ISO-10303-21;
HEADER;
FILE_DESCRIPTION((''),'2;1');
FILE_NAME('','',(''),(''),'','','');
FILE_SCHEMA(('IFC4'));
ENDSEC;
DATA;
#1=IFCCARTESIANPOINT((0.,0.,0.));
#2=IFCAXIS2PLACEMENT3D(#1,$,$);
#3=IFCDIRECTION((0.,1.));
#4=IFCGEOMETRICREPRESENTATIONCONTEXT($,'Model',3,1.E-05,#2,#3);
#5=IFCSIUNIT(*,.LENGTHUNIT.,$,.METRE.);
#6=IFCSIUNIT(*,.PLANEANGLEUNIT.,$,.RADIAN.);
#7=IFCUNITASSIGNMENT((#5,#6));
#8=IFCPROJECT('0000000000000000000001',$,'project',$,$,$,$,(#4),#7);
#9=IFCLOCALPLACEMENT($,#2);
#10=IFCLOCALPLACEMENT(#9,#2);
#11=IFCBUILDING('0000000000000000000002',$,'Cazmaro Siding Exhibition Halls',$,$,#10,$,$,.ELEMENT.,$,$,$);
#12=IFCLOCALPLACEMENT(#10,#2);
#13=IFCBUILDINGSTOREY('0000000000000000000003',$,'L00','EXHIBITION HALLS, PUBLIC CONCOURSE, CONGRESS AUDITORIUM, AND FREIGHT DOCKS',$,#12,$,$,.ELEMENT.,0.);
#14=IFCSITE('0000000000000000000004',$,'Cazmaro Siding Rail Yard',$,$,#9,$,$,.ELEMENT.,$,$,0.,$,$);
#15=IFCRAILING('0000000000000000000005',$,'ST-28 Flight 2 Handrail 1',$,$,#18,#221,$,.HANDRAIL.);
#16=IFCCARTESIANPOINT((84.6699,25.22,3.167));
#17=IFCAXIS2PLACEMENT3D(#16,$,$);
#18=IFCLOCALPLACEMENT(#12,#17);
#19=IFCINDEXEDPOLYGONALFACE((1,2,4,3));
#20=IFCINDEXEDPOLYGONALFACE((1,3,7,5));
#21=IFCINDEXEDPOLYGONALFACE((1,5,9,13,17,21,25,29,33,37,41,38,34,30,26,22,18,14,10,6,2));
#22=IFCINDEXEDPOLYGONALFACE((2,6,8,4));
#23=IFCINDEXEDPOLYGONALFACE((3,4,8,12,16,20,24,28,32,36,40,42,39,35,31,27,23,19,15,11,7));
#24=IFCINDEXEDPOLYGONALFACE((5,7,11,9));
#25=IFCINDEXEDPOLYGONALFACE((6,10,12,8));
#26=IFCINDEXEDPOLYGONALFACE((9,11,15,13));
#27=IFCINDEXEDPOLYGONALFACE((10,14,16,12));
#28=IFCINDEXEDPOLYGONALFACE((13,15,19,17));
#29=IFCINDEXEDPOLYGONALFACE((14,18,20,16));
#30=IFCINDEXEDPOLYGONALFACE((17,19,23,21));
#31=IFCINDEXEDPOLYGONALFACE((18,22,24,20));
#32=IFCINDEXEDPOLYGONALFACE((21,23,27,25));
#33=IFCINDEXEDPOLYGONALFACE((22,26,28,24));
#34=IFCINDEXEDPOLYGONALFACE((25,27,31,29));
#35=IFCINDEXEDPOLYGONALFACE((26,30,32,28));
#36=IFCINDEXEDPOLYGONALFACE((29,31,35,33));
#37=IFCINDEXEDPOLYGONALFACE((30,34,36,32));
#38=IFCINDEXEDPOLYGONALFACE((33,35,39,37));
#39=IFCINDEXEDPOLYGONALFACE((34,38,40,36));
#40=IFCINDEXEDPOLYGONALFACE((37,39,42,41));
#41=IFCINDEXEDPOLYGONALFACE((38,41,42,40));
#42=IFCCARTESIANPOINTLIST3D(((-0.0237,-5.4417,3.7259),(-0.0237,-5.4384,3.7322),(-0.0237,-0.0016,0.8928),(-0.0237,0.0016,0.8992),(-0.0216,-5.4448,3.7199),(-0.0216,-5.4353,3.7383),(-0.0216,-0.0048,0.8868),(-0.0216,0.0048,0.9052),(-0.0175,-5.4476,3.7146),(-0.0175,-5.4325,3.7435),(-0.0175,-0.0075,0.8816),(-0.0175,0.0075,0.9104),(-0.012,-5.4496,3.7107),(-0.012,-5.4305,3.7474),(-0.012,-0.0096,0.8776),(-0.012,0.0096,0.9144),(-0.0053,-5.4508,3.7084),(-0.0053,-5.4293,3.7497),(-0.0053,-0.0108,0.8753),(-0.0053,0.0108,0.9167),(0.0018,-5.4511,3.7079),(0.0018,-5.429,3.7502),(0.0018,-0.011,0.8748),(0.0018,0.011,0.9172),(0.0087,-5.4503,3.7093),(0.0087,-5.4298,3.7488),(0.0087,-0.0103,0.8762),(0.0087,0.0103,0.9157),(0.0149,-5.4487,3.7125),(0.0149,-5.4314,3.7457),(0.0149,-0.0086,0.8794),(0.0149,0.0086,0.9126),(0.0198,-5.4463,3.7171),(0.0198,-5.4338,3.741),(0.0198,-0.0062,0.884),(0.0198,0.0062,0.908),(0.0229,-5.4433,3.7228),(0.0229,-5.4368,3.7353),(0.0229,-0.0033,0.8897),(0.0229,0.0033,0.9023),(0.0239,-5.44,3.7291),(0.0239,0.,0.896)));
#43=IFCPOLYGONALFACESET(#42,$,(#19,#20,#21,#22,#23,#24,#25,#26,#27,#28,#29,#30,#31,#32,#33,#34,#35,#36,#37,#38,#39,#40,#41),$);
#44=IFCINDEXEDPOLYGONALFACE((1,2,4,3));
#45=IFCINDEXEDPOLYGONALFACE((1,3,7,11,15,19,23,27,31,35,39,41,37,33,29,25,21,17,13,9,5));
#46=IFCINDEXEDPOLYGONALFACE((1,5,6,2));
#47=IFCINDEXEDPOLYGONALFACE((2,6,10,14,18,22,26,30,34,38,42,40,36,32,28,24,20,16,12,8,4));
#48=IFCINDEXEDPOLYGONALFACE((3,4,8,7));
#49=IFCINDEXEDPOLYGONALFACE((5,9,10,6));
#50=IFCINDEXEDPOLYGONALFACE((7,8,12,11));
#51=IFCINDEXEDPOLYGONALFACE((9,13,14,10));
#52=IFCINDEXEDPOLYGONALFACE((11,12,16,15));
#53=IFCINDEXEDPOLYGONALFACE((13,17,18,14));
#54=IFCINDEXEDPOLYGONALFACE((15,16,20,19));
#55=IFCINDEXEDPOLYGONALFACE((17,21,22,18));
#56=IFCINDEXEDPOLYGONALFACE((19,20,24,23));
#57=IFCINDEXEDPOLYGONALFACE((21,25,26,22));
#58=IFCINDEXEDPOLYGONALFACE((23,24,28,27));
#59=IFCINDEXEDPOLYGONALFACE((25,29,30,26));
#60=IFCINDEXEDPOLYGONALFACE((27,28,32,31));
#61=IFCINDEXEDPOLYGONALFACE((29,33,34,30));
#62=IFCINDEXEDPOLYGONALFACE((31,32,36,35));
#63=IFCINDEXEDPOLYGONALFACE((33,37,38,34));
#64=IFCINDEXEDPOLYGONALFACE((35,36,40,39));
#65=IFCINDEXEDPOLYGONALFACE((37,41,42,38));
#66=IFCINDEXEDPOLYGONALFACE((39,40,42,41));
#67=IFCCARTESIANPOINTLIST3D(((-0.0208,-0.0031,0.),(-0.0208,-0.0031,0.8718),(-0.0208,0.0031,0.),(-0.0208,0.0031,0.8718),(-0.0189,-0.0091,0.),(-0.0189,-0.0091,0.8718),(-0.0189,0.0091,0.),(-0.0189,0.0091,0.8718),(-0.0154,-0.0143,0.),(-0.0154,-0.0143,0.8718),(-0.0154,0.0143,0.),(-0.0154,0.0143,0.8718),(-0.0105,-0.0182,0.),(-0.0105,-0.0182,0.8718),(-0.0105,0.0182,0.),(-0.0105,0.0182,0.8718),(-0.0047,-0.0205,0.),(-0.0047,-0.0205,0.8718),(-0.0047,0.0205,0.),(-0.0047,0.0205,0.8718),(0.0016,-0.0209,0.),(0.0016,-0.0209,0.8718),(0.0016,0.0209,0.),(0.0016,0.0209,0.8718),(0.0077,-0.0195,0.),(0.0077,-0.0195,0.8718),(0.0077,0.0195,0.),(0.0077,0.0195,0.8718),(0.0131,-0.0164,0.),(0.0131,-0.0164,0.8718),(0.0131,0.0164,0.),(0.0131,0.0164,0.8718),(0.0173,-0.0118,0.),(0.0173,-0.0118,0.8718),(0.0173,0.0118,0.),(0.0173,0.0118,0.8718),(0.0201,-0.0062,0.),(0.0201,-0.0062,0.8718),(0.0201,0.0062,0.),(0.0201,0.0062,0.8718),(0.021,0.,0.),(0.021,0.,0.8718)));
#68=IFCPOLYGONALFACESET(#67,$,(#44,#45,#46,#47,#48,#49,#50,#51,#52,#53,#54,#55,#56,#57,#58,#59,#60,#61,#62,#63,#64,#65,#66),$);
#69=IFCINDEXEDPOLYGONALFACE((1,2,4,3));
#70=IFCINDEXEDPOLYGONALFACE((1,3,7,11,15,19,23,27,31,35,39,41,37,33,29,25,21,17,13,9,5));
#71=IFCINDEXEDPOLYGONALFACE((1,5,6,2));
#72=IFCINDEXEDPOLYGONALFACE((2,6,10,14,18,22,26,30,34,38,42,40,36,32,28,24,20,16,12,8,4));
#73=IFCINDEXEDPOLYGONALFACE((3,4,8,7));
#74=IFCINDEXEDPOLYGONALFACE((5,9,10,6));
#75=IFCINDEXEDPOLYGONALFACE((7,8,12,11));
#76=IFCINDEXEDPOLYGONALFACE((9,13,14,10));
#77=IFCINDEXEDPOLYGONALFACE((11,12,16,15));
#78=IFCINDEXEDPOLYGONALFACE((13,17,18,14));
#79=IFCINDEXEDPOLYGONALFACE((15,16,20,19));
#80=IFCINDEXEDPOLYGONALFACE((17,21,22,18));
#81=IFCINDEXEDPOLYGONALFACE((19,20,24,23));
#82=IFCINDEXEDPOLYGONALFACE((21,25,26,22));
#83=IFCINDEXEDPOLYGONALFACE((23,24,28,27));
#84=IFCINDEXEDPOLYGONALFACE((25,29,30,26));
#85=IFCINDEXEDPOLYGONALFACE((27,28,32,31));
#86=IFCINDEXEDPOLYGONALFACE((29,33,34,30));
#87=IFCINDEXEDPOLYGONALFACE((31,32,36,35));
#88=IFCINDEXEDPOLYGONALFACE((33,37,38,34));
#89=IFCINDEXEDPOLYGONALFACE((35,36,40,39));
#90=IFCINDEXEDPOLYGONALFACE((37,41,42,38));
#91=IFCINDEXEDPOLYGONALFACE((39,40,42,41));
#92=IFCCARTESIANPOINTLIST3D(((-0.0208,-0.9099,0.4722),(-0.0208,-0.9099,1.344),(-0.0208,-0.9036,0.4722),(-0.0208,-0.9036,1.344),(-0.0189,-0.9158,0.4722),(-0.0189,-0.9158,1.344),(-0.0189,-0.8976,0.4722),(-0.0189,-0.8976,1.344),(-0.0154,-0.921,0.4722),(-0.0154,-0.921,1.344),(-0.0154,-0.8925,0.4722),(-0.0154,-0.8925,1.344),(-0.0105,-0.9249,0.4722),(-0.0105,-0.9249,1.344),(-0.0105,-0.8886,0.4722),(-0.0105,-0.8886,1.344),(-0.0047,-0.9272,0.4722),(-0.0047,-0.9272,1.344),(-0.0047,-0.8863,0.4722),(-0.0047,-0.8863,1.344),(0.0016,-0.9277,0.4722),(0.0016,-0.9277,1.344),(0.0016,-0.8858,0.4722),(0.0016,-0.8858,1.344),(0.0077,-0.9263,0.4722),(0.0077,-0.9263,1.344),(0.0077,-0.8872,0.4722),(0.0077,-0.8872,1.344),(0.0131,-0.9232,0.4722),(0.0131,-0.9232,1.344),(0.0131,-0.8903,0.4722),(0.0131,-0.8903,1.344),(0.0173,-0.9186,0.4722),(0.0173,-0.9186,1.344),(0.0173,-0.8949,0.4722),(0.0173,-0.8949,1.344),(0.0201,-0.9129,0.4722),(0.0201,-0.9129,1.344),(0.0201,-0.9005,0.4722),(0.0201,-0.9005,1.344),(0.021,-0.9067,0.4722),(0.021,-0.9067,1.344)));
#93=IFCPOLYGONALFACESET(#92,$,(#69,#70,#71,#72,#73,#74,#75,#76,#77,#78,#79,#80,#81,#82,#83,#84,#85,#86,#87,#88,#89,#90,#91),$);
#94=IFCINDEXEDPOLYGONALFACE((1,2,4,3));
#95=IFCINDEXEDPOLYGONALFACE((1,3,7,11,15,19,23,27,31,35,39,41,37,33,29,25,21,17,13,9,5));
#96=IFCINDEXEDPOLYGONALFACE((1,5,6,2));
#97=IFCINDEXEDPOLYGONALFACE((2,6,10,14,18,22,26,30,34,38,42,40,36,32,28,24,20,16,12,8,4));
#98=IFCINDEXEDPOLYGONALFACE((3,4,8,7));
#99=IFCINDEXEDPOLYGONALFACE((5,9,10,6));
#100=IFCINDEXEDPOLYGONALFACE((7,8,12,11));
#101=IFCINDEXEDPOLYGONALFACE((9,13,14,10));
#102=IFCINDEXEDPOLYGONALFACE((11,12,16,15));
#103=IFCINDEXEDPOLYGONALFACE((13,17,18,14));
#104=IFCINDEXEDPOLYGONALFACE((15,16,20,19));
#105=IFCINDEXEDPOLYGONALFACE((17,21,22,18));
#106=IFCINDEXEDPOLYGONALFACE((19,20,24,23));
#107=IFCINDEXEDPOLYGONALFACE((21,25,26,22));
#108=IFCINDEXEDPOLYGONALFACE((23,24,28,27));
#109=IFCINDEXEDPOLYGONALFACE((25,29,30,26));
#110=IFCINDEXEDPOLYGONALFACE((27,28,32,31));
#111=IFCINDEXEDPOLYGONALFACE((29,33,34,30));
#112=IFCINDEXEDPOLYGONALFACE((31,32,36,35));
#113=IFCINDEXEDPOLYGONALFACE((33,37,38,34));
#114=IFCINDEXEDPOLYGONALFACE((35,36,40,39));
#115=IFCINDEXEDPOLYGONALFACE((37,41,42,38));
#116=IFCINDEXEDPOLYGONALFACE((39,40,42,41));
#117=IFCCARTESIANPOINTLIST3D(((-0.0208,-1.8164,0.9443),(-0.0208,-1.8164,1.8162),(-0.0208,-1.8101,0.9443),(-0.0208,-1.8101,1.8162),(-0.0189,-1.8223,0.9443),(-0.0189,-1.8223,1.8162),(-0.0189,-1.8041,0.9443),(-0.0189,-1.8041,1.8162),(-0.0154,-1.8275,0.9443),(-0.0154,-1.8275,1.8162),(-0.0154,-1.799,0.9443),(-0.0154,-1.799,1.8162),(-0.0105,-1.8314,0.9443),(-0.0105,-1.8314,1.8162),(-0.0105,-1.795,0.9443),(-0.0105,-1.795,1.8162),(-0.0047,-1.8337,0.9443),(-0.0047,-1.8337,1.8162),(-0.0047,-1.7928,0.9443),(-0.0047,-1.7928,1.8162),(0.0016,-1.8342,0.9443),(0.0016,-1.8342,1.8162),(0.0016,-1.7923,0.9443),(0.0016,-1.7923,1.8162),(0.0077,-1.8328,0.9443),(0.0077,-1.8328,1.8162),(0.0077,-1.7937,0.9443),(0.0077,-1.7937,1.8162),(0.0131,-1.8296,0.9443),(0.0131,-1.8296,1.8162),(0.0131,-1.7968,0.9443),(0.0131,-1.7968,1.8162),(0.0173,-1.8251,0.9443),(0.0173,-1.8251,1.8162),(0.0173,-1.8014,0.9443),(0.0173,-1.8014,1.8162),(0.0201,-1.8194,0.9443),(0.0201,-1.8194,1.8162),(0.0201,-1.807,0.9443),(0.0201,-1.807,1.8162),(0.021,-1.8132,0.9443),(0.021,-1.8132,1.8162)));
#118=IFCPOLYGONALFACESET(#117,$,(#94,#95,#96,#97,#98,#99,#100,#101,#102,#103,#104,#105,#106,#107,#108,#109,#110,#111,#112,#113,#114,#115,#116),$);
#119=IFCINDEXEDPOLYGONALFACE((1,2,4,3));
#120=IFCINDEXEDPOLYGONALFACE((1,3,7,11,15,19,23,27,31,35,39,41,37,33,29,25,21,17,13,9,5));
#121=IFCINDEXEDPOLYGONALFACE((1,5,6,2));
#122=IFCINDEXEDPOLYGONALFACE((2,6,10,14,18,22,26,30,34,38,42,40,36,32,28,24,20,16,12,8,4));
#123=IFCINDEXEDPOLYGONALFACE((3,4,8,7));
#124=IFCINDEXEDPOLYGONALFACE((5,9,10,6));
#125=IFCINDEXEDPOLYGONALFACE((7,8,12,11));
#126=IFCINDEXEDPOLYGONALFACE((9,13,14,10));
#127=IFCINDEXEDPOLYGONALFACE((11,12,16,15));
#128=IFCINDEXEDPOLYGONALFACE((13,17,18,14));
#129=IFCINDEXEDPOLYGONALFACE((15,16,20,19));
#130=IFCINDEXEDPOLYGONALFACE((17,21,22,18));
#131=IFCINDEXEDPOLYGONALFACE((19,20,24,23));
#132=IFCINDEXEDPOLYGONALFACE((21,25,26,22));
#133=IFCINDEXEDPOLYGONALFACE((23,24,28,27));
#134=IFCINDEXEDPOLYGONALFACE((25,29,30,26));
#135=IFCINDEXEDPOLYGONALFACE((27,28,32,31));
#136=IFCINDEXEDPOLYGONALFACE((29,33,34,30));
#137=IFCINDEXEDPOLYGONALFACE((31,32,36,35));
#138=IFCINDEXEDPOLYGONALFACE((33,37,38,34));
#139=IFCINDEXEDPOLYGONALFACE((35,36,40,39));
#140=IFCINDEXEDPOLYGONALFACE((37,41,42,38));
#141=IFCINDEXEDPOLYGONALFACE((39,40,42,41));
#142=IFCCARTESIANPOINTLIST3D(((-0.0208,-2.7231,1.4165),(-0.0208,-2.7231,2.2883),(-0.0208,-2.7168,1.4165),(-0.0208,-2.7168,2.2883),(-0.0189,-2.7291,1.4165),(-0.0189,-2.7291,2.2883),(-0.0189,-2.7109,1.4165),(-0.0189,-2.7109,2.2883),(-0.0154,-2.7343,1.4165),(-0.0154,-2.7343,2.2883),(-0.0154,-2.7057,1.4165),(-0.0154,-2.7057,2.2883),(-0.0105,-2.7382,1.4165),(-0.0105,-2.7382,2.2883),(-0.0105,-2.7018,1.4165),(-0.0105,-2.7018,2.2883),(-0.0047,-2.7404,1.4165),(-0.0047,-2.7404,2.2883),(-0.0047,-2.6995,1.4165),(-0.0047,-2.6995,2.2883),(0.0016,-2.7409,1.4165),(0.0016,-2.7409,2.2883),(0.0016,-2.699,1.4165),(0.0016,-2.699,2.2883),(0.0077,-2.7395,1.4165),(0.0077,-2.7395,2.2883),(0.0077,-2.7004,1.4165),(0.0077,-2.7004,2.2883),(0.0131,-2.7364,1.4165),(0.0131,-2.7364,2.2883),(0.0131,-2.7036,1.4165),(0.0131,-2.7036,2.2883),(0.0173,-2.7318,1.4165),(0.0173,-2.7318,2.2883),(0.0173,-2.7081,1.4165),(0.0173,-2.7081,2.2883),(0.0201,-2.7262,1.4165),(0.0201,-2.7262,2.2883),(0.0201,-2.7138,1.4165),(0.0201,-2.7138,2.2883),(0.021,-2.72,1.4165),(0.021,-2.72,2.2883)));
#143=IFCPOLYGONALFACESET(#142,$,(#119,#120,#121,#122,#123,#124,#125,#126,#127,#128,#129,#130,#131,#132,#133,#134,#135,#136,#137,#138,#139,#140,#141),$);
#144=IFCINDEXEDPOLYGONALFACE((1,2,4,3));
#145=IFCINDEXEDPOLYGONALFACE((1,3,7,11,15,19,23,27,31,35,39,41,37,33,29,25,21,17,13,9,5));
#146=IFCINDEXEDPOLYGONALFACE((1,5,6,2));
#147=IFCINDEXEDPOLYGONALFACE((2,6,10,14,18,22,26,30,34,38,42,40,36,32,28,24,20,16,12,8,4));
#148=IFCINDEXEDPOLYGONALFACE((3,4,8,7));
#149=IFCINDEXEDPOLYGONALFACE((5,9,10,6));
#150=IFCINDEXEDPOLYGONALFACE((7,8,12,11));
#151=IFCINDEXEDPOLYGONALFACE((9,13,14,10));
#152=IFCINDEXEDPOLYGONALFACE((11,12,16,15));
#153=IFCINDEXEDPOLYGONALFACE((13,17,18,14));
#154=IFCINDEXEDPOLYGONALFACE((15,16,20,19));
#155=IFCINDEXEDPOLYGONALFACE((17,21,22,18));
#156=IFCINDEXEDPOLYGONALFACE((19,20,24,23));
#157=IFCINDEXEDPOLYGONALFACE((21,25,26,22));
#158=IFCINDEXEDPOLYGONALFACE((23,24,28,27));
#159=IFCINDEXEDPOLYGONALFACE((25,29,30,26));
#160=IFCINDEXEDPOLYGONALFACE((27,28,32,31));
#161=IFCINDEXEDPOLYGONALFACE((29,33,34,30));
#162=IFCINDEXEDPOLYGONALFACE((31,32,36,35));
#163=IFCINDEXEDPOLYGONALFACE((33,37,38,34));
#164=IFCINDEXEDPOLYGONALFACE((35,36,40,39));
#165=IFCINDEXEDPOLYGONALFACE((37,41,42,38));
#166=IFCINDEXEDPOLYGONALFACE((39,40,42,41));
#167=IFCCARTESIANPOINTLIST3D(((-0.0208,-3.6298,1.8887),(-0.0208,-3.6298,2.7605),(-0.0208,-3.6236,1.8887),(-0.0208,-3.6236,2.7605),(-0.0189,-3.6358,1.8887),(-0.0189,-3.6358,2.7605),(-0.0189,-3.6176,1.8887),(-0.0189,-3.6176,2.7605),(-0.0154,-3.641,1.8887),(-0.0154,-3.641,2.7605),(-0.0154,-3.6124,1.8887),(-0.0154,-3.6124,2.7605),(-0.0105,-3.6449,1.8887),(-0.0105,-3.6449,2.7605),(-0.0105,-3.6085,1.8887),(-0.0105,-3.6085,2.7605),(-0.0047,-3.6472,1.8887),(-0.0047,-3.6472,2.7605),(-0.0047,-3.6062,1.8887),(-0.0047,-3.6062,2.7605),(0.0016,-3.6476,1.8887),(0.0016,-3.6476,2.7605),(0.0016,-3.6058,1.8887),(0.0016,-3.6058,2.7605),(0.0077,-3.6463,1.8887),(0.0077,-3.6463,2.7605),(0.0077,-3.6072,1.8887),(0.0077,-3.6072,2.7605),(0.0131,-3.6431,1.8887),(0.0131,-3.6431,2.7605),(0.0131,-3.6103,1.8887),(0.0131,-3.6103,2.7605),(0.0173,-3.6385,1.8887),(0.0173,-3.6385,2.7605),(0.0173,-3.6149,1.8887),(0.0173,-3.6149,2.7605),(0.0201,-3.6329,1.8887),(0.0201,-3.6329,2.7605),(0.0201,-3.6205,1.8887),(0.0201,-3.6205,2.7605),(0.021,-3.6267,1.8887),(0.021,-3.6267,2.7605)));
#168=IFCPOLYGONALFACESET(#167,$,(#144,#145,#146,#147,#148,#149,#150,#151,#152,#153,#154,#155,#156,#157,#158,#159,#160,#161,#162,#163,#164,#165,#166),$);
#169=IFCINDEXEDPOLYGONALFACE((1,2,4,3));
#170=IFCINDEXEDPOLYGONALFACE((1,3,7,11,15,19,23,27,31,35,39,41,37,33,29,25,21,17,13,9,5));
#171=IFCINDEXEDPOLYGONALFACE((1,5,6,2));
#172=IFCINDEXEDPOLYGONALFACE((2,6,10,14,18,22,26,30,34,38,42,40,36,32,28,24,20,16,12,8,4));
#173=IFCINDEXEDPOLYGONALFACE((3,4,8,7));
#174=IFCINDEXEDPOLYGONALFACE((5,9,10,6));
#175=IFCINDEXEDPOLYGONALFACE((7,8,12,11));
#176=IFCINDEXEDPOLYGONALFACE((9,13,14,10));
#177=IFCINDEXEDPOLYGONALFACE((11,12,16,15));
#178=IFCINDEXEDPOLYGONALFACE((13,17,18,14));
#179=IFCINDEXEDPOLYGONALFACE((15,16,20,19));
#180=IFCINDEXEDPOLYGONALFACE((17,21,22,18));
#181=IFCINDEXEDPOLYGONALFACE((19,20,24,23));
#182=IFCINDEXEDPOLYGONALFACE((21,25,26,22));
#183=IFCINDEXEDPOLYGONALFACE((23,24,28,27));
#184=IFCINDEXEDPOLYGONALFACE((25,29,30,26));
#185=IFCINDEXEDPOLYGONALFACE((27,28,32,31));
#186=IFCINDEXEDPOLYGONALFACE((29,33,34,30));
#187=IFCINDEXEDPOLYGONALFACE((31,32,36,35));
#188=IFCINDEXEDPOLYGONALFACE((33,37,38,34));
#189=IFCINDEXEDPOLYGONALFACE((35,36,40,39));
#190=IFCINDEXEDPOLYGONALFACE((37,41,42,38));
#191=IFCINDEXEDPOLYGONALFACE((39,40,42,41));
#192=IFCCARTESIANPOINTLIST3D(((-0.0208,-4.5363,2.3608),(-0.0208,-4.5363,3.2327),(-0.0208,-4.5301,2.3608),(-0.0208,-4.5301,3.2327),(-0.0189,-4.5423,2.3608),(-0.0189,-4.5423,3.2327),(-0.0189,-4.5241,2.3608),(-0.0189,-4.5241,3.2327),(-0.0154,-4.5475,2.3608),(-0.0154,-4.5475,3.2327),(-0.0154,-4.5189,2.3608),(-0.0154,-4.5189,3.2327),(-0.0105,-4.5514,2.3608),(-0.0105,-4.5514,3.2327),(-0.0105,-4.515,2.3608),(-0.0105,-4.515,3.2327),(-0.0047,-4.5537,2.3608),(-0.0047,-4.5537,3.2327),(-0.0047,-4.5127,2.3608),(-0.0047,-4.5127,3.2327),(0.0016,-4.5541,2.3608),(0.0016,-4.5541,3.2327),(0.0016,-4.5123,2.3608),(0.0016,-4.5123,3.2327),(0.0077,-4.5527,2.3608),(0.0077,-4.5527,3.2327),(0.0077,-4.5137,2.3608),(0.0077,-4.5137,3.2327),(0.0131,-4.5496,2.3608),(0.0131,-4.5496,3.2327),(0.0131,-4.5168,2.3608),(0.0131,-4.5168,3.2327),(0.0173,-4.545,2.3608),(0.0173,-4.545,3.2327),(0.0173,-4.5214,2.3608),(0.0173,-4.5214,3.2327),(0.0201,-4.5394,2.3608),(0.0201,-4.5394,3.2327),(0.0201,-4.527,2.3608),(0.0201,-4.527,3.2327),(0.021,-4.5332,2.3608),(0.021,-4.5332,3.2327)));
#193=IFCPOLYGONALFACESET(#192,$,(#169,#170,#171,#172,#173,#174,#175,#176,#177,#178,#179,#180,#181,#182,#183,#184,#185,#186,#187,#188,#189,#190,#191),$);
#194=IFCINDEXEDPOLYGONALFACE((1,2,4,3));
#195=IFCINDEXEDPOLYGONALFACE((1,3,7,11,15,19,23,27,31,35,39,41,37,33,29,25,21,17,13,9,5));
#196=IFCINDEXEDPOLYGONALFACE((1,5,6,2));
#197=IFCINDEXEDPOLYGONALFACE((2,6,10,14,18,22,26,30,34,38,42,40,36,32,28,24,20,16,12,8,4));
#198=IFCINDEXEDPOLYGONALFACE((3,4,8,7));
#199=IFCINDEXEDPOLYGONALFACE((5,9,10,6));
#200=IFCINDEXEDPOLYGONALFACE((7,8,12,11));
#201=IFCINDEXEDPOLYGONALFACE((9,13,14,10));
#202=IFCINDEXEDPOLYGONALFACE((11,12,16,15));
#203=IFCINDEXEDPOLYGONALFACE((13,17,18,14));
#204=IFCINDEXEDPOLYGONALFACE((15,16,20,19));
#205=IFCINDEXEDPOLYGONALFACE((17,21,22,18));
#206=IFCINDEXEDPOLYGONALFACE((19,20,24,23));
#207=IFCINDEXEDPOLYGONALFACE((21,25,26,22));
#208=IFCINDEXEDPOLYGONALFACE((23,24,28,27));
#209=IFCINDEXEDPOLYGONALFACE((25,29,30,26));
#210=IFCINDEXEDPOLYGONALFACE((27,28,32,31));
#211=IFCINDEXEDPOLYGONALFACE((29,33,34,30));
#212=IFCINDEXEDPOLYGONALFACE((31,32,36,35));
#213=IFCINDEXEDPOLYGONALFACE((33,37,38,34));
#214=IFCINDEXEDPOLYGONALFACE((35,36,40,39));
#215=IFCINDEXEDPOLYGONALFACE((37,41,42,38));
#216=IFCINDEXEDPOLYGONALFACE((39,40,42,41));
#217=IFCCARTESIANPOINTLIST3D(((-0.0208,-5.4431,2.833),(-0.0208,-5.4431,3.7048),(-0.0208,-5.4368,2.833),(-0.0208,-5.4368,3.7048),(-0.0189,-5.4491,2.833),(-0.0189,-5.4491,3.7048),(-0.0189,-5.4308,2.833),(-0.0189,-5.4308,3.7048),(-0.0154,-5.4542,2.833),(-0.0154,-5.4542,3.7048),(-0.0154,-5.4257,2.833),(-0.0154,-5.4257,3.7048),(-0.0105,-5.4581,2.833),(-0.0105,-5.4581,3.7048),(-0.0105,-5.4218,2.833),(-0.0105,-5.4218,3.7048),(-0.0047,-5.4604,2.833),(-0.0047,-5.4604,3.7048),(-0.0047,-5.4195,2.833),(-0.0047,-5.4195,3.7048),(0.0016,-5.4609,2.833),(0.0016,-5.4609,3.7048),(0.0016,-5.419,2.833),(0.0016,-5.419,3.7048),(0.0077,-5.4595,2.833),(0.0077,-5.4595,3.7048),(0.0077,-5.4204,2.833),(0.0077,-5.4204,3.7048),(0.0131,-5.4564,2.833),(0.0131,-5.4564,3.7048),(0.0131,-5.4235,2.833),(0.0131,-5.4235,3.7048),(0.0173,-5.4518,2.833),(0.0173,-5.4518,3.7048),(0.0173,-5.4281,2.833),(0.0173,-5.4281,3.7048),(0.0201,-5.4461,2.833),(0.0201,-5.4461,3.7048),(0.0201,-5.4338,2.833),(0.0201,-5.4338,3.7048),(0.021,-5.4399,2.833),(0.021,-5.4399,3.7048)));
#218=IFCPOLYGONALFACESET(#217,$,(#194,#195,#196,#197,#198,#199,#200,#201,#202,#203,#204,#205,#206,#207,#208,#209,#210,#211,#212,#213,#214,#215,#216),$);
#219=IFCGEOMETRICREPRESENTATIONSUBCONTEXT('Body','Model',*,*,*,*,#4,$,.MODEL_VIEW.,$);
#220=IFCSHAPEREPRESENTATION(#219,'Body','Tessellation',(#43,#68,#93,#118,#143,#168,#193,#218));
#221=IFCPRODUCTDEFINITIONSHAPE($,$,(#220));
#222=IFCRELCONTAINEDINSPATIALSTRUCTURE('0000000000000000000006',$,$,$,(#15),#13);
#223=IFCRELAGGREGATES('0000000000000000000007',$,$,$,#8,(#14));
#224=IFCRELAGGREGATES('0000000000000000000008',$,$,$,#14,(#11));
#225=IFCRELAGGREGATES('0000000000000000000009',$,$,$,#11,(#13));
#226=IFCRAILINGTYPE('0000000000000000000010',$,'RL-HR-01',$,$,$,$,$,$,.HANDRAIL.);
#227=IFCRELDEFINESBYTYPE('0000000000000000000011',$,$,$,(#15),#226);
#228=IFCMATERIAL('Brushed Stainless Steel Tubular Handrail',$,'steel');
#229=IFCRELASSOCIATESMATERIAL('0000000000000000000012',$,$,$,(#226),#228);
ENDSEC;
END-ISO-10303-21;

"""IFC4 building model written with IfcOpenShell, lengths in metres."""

from ifc_helpers import new_model, si_unit, direction, frame, origin, origin_2d, place, context, subcontext, project, spatial, circle, extrude, material, type_object, element, save


model = new_model("IFC4")

# Units and contexts
model_context = context("Model", 3, precision=1e-05, world=origin(), true_north=direction((0.0, 1.0)))
body_context = subcontext(model_context, "Body", "Model", "MODEL_VIEW")
ifc_project = project(units=[si_unit("LENGTHUNIT", "METRE"), si_unit("PLANEANGLEUNIT", "RADIAN")], contexts=[model_context])

# Site, building, storey
site_placement = place(None, origin())
site = spatial("IfcSite", under=ifc_project, at=site_placement, Name="Cazmaro Siding Rail Yard", CompositionType="ELEMENT", RefElevation=0.0)
building_placement = place(site_placement, origin())
building = spatial("IfcBuilding", under=site, at=building_placement, Name="Cazmaro Siding Exhibition Halls", CompositionType="ELEMENT")
storey_placement = place(building_placement, origin())
storey = spatial("IfcBuildingStorey", under=building, at=storey_placement, Name="L00", Description="EXHIBITION HALLS, PUBLIC CONCOURSE, CONGRESS AUDITORIUM, AND FREIGHT DOCKS", CompositionType="ELEMENT", Elevation=0.0)

# Railing
ifc_material_1 = material(Name="Brushed Stainless Steel Tubular Handrail", Category="steel")
railing_type_1 = type_object("IfcRailingType", Name="RL-HR-01", PredefinedType="HANDRAIL", material=ifc_material_1)
railing_1_placement = place(storey_placement, frame((84.6699, 25.22, 3.167)))
element("IfcRailing", 1, at=railing_1_placement, inside=storey, type_object=railing_type_1, Name="ST-28 Flight 2 Handrail 1", PredefinedType="HANDRAIL", context=body_context, shape_type="SweptSolid", body=[
    extrude(circle(Radius=0.0239, at=origin_2d()), frame((0.0, 0.0, 0.896), z_axis=(0.0, -0.886934, 0.461897), x_axis=(1.0, 0.0, 0.0)), (0.0, 0.0, 1.0), 6.1335),
    extrude(circle(Radius=0.021, at=origin_2d()), origin(), (0.0, 0.0, 1.0), 0.8718),
    extrude(circle(Radius=0.021, at=origin_2d()), frame((0.0, -0.9067, 0.4722)), (0.0, 0.0, 1.0), 0.8718),
    extrude(circle(Radius=0.021, at=origin_2d()), frame((0.0, -1.8132, 0.9443)), (0.0, 0.0, 1.0), 0.8718),
    extrude(circle(Radius=0.021, at=origin_2d()), frame((0.0, -2.72, 1.4165)), (0.0, 0.0, 1.0), 0.8718),
    extrude(circle(Radius=0.021, at=origin_2d()), frame((0.0, -3.6267, 1.8887)), (0.0, 0.0, 1.0), 0.8718),
    extrude(circle(Radius=0.021, at=origin_2d()), frame((0.0, -4.5332, 2.3608)), (0.0, 0.0, 1.0), 0.8718),
    extrude(circle(Radius=0.021, at=origin_2d()), frame((0.0, -5.4399, 2.833)), (0.0, 0.0, 1.0), 0.8718),
])

save(model, "model.ifc")
